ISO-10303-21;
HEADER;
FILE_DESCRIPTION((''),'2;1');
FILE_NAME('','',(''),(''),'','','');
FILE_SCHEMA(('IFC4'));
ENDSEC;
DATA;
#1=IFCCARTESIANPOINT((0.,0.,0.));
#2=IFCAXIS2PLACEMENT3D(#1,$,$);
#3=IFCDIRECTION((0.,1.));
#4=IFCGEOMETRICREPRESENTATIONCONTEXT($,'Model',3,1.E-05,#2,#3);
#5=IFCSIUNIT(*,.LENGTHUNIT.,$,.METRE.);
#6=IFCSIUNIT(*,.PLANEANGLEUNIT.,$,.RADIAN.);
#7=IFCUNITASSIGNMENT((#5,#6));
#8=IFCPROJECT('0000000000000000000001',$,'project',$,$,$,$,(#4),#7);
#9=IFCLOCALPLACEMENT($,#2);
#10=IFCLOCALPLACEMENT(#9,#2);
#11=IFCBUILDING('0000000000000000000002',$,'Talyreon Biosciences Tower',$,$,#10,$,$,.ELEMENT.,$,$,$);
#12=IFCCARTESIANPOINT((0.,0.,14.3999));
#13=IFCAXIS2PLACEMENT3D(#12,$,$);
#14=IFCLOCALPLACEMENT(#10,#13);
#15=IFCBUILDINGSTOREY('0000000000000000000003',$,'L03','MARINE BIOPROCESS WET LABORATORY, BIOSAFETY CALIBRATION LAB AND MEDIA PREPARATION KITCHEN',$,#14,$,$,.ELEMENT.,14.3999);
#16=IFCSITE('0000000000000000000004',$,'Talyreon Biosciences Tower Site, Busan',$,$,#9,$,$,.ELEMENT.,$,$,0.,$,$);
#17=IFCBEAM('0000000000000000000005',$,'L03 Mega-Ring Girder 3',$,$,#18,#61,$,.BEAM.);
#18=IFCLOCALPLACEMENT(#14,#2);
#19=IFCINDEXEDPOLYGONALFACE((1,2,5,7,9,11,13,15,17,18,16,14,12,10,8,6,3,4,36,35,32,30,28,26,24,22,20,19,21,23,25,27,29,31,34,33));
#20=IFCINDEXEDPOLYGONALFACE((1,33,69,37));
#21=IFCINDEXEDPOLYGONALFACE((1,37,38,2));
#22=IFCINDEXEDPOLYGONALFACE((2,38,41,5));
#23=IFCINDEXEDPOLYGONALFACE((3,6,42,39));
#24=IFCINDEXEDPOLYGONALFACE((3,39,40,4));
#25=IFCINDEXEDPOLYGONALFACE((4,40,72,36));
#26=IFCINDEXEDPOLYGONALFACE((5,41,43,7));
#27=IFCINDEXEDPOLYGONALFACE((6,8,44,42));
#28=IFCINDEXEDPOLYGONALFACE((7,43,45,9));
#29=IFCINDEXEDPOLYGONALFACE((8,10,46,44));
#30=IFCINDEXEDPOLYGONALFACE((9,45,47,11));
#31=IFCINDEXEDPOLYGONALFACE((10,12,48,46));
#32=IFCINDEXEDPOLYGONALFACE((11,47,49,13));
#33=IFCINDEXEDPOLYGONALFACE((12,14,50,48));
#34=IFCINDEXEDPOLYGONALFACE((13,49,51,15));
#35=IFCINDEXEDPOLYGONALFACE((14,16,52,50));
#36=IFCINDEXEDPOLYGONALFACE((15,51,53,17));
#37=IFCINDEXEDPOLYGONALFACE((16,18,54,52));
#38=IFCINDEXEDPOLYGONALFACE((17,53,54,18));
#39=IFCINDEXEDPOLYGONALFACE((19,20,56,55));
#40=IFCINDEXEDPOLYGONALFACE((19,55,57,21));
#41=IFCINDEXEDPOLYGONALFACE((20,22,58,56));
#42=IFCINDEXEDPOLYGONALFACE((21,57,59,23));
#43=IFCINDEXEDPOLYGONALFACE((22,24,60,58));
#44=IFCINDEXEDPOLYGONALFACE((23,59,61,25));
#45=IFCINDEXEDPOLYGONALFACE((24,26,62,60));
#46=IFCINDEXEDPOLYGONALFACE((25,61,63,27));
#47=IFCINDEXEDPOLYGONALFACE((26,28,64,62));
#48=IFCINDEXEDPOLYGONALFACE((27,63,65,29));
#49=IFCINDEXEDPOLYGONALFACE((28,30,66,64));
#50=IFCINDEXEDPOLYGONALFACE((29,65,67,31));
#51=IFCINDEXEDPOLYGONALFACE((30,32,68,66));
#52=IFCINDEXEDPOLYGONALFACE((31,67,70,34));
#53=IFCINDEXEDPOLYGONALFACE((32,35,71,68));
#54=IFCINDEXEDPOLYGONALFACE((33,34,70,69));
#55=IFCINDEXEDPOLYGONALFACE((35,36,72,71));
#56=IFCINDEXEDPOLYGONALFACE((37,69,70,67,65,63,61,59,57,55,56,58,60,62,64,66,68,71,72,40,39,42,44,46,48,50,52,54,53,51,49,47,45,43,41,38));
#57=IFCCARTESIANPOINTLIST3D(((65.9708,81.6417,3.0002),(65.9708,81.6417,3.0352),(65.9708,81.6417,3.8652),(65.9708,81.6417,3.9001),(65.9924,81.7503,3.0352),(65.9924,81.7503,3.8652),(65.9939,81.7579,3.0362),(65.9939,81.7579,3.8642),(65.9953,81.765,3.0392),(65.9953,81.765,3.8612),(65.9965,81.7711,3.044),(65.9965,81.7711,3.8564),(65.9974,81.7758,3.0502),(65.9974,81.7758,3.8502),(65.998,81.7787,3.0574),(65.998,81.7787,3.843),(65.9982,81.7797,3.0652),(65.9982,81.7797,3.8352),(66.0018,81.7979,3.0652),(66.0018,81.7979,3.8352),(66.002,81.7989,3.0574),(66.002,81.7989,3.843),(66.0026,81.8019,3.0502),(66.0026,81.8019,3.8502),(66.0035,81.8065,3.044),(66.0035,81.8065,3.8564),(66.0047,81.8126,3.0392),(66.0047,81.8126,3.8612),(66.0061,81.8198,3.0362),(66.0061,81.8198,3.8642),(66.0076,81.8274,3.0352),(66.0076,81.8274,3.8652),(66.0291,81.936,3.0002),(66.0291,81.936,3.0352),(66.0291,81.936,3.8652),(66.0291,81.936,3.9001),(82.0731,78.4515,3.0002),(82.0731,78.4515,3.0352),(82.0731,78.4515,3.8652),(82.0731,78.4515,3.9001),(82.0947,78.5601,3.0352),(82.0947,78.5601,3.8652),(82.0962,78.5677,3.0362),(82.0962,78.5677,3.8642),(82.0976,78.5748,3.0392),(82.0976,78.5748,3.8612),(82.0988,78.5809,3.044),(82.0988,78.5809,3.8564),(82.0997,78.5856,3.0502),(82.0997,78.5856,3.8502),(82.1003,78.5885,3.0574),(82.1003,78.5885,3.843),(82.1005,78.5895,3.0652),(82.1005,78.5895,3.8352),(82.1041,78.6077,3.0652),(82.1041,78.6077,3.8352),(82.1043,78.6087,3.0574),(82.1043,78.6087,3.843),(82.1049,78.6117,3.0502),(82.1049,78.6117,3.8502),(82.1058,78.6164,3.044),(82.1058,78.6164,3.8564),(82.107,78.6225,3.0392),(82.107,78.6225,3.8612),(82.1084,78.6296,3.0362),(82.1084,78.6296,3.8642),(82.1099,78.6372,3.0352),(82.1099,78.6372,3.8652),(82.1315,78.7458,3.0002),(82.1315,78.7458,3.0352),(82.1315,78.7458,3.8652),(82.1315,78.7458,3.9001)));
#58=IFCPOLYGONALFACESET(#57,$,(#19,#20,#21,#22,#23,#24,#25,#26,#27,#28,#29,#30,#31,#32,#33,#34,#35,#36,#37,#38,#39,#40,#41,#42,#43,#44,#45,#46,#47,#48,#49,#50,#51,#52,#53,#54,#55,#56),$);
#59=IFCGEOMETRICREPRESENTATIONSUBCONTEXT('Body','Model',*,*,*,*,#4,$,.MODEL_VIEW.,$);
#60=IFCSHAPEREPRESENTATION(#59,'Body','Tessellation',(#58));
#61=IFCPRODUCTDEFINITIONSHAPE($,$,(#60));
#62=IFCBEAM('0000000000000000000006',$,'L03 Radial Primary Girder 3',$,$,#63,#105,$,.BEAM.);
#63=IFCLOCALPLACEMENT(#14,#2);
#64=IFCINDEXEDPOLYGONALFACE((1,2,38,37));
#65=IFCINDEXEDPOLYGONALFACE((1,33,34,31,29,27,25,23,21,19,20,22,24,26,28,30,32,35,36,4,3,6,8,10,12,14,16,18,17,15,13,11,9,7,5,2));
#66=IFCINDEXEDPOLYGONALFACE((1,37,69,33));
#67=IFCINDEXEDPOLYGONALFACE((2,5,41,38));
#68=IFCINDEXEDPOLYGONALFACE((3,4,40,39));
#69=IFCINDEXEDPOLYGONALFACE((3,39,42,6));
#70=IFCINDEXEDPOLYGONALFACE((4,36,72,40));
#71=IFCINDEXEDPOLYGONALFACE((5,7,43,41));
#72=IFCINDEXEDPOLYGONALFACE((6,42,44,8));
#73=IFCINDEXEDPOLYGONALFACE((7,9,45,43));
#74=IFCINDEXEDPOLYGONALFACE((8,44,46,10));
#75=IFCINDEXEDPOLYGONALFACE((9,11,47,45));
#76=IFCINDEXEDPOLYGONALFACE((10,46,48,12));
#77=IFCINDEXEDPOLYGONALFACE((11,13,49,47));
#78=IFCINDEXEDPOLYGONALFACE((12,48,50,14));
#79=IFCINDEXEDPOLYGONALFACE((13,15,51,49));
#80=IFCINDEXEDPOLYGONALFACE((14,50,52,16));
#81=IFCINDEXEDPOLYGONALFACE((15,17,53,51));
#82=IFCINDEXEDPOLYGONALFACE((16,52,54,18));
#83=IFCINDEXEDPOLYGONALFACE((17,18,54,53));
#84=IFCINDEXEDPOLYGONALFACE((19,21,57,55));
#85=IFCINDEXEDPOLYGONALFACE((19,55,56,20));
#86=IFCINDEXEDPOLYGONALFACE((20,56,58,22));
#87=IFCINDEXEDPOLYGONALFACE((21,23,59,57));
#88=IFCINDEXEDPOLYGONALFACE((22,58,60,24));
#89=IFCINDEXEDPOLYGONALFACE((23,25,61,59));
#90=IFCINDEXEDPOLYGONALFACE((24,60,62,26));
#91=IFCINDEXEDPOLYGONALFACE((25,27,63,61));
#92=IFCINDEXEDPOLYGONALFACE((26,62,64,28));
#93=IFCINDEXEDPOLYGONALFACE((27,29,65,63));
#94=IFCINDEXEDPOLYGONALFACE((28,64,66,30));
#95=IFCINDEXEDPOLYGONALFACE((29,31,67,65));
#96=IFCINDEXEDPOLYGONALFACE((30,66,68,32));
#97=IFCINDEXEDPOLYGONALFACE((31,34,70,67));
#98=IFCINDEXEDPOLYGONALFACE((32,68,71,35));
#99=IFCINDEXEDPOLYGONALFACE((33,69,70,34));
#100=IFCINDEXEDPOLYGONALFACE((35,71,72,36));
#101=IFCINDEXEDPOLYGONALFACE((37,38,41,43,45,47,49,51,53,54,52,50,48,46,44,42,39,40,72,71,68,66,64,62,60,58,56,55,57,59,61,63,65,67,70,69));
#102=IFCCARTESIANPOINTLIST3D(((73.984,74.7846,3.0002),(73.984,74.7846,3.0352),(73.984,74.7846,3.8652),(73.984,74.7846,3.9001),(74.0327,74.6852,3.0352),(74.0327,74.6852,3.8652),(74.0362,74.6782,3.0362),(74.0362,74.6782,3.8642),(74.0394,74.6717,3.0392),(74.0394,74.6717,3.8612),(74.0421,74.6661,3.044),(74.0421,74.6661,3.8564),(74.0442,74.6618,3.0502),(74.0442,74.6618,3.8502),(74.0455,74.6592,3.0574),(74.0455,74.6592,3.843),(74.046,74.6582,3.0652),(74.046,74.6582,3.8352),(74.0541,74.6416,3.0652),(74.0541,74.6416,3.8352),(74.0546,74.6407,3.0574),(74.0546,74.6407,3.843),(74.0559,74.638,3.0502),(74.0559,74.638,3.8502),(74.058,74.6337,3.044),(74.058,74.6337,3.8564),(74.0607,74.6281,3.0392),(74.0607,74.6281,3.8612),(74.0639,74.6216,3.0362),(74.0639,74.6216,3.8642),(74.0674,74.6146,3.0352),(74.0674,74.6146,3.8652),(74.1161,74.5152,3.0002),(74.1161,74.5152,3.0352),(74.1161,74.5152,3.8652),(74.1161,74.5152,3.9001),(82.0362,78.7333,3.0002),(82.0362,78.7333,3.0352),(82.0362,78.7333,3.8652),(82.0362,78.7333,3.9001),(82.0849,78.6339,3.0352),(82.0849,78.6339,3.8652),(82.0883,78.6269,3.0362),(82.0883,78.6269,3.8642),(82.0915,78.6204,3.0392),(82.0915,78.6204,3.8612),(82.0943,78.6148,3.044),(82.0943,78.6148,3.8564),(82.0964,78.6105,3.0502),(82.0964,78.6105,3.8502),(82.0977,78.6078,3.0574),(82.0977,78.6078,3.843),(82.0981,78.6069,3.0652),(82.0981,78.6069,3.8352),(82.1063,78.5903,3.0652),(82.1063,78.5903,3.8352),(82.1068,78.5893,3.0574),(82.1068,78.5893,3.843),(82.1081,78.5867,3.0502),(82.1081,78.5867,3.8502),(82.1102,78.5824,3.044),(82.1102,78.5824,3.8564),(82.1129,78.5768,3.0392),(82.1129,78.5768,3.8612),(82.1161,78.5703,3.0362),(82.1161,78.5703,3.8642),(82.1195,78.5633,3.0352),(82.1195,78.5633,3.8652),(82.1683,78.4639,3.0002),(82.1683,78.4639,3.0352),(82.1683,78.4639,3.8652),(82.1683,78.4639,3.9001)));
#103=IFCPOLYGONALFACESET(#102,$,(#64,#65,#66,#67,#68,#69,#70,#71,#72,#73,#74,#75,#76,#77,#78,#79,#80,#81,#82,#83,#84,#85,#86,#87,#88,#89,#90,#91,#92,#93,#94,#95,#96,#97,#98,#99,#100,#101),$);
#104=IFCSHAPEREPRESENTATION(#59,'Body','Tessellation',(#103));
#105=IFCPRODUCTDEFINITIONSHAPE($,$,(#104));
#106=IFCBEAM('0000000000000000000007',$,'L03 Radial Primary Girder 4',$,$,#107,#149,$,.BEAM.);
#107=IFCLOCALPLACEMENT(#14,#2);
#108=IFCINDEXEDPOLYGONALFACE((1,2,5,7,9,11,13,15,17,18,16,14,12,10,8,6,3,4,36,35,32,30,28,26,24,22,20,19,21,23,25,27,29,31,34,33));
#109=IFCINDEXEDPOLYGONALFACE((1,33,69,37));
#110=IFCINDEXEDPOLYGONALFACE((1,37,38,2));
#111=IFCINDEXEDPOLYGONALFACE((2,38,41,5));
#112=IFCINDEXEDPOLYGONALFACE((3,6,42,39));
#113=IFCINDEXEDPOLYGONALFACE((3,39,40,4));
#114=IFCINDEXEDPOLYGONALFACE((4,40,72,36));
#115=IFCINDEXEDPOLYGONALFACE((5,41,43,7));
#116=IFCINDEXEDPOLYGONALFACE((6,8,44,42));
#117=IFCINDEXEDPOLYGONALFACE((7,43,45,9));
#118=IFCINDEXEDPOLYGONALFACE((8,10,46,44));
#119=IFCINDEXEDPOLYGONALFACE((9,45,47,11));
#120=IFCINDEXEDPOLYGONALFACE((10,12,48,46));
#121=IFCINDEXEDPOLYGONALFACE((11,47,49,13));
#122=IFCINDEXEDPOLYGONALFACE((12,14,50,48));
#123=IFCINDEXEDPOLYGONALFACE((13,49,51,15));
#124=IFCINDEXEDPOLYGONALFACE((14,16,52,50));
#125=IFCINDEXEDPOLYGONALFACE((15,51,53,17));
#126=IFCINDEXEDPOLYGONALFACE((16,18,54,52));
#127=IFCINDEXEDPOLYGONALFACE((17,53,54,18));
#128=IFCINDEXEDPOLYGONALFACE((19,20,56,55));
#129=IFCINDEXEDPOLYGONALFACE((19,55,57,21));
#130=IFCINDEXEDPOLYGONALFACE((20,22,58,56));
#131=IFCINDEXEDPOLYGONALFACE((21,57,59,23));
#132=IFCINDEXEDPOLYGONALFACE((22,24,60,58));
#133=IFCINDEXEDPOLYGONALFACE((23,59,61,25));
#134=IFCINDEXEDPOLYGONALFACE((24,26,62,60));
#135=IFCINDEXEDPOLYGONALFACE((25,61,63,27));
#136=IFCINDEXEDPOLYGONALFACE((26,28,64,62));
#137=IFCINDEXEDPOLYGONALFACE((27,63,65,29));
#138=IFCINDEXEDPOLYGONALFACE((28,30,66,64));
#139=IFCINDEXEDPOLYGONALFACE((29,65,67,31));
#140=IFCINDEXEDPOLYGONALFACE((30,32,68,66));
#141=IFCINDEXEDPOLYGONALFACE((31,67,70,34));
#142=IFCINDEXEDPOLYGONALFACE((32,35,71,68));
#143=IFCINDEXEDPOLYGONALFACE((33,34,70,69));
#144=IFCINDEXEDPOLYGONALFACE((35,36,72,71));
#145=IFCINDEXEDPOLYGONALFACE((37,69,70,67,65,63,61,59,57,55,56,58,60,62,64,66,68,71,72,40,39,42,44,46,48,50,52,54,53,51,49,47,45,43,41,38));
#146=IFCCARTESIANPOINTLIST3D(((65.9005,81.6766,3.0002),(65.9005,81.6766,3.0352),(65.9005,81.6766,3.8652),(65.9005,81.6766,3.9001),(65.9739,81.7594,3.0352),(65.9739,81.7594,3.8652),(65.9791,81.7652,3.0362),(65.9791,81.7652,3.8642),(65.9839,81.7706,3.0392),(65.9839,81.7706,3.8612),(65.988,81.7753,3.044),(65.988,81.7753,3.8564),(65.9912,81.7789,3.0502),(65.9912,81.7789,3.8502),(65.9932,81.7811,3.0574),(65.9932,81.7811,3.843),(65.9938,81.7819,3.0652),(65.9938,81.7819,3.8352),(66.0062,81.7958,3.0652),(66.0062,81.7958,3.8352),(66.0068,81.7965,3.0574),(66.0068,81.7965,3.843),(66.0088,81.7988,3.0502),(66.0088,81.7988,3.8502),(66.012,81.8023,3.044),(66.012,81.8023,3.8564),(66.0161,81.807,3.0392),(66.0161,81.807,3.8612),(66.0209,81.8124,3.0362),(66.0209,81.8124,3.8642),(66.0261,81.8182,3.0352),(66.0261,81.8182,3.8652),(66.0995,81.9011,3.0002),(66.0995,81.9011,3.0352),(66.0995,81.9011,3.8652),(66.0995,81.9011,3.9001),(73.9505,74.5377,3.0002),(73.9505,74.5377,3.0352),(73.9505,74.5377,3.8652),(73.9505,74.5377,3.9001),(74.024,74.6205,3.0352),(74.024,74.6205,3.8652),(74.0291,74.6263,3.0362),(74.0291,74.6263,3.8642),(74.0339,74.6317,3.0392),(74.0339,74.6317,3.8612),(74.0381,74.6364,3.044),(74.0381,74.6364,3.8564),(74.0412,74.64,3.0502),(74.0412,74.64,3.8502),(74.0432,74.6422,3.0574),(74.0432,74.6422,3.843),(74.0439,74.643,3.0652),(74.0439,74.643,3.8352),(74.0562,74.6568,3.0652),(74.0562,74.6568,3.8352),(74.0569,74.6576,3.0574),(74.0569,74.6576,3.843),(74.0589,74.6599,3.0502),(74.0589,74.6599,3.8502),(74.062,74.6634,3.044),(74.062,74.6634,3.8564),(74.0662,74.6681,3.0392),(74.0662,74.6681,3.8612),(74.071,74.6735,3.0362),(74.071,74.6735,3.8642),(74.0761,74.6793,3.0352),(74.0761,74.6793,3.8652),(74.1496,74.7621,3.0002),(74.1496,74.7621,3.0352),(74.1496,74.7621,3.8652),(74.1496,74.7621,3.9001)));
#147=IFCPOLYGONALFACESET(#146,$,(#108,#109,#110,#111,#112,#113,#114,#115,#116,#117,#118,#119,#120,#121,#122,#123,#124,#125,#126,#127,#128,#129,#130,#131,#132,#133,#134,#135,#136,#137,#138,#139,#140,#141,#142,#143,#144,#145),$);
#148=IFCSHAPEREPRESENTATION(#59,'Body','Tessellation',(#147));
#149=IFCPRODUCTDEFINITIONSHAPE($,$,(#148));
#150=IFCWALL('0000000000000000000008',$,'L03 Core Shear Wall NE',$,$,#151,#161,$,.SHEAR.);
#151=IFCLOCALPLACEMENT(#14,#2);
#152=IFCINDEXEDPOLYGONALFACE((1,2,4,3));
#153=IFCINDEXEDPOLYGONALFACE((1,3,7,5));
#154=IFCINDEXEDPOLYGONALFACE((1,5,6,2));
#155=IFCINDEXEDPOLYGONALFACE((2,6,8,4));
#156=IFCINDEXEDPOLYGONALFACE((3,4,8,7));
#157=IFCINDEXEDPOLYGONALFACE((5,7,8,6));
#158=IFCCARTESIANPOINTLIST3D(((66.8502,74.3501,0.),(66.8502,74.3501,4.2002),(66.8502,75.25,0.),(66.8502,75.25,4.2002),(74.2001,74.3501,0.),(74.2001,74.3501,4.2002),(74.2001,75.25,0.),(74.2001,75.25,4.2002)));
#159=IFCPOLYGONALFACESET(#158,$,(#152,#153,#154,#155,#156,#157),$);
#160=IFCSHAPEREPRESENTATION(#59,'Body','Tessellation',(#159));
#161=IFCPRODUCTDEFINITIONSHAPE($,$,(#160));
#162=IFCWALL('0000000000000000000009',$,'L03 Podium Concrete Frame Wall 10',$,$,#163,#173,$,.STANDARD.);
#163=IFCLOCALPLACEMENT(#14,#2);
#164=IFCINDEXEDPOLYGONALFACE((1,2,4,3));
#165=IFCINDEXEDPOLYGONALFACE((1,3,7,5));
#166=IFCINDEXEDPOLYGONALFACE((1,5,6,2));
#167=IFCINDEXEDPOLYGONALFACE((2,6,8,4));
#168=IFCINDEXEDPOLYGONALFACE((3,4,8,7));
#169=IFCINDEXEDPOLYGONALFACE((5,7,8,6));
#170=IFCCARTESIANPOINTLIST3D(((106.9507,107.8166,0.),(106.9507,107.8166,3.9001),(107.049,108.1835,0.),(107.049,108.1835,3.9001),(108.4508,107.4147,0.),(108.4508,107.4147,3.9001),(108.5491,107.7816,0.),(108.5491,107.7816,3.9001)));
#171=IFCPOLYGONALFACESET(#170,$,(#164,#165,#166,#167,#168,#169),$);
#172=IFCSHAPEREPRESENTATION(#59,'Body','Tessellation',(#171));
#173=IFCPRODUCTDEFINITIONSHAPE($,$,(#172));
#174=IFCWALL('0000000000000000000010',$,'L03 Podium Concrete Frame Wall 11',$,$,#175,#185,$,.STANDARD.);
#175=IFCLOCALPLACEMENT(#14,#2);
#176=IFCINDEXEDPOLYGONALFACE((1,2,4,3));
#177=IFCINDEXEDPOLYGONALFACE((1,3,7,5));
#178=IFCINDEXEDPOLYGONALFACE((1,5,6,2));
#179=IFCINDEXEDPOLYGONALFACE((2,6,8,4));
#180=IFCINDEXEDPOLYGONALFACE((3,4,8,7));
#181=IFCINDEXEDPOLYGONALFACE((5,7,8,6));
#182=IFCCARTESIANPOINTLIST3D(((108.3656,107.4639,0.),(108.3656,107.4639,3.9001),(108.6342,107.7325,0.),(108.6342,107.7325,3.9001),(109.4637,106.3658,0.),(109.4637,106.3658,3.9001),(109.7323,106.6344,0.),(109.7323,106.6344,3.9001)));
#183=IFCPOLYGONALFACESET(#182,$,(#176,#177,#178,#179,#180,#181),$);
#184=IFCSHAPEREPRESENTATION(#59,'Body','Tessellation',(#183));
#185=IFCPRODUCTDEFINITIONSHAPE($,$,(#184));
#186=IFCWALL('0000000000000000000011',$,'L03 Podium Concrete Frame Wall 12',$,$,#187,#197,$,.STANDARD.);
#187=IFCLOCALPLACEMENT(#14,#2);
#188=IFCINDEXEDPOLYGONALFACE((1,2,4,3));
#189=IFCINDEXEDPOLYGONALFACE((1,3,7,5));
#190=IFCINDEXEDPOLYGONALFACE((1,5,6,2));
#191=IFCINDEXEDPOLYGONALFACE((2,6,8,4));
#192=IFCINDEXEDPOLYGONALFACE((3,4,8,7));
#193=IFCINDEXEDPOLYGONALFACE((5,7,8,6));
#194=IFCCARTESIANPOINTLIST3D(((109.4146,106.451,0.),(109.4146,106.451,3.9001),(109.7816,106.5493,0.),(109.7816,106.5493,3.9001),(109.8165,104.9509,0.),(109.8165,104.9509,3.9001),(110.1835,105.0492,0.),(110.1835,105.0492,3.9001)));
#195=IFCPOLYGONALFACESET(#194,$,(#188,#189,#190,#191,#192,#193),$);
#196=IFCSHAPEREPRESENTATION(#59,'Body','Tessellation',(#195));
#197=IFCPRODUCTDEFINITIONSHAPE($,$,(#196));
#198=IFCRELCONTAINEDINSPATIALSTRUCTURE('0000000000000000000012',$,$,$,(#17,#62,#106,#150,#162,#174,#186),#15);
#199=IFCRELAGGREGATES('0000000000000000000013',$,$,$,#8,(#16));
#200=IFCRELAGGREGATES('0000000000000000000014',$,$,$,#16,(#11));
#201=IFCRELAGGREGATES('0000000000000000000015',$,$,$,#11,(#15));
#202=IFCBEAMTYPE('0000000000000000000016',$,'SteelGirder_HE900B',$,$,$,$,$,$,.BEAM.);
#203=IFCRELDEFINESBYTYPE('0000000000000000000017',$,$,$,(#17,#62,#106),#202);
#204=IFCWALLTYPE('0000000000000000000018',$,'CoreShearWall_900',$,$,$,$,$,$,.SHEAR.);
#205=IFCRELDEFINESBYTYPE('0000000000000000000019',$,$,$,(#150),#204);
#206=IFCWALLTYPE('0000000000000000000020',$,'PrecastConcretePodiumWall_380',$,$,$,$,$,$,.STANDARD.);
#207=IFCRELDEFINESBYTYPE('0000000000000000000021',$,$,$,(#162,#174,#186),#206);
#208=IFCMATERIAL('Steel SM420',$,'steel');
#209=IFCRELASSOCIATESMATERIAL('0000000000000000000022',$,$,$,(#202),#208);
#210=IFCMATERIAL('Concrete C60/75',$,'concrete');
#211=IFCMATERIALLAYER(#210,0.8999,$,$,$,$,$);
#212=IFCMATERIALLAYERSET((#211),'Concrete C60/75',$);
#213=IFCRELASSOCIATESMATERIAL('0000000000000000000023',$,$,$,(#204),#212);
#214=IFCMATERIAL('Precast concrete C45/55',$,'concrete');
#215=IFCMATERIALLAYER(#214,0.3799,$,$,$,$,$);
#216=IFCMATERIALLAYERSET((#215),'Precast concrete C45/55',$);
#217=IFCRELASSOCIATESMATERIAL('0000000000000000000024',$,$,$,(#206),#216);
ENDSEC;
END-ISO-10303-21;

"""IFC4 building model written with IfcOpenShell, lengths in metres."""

from ifc_helpers import new_model, si_unit, direction, frame, frame_2d, origin, origin_2d, place, context, subcontext, project, spatial, rectangle, i_section, extrude, material, layer, layer_set, material_profile, profile_set, type_object, element, save


model = new_model("IFC4")

# Units and contexts
model_context = context("Model", 3, precision=1e-05, world=origin(), true_north=direction((0.0, 1.0)))
body_context = subcontext(model_context, "Body", "Model", "MODEL_VIEW")
ifc_project = project(units=[si_unit("LENGTHUNIT", "METRE"), si_unit("PLANEANGLEUNIT", "RADIAN")], contexts=[model_context])

# Site, building, storey
site_placement = place(None, origin())
site = spatial("IfcSite", under=ifc_project, at=site_placement, Name="Talyreon Biosciences Tower Site, Busan", CompositionType="ELEMENT", RefElevation=0.0)
building_placement = place(site_placement, origin())
building = spatial("IfcBuilding", under=site, at=building_placement, Name="Talyreon Biosciences Tower", CompositionType="ELEMENT")
storey_placement = place(building_placement, frame((0.0, 0.0, 14.3999)))
storey = spatial("IfcBuildingStorey", under=building, at=storey_placement, Name="L03", Description="MARINE BIOPROCESS WET LABORATORY, BIOSAFETY CALIBRATION LAB AND MEDIA PREPARATION KITCHEN", CompositionType="ELEMENT", Elevation=14.3999)

# Shared definitions
ifc_material_1 = material(Name="Concrete C60/75", Category="concrete")

# Beams
ifc_material_2 = material(Name="Steel SM420", Category="steel")
ifc_material_profile_1 = material_profile(ifc_material_2, i_section(OverallWidth=0.3, OverallDepth=0.8999, WebThickness=0.0186, FlangeThickness=0.0349, FilletRadius=0.03, at=origin_2d()), Name="HE900B")
ifc_profile_set_1 = profile_set([ifc_material_profile_1], Name="Steel SM420")
beam_type_1 = type_object("IfcBeamType", Name="SteelGirder_HE900B", PredefinedType="BEAM", material=ifc_profile_set_1)
beam_1_placement = place(storey_placement, frame((82.1023, 78.5986, 3.4502), z_axis=(-0.980934, 0.194343, 0.0), x_axis=(-0.194343, -0.980934, 0.0)))
element("IfcBeam", 1, at=beam_1_placement, inside=storey, type_object=beam_type_1, Name="L03 Mega-Ring Girder 3", PredefinedType="BEAM", context=body_context, shape_type="SweptSolid", body=[
    extrude(i_section(OverallWidth=0.3, OverallDepth=0.8999, WebThickness=0.0186, FlangeThickness=0.0349, FilletRadius=0.03, at=origin_2d()), origin(), (0.0, 0.0, 1.0), 16.4153),
])
beam_2_placement = place(storey_placement, frame((74.05, 74.6499, 3.4502), z_axis=(0.897852, 0.440297, 0.0), x_axis=(-0.440297, 0.897852, 0.0)))
element("IfcBeam", 2, at=beam_2_placement, inside=storey, type_object=beam_type_1, Name="L03 Radial Primary Girder 3", PredefinedType="BEAM", context=body_context, shape_type="SweptSolid", body=[
    extrude(i_section(OverallWidth=0.3, OverallDepth=0.8999, WebThickness=0.0186, FlangeThickness=0.0349, FilletRadius=0.03, at=origin_2d()), origin(), (0.0, 0.0, 1.0), 8.9683),
])
beam_3_placement = place(storey_placement, frame((74.05, 74.6499, 3.4502), z_axis=(-0.748179, 0.663497, 0.0), x_axis=(-0.663497, -0.748179, 0.0)))
element("IfcBeam", 3, at=beam_3_placement, inside=storey, type_object=beam_type_1, Name="L03 Radial Primary Girder 4", PredefinedType="BEAM", context=body_context, shape_type="SweptSolid", body=[
    extrude(i_section(OverallWidth=0.3, OverallDepth=0.8999, WebThickness=0.0186, FlangeThickness=0.0349, FilletRadius=0.03, at=origin_2d()), origin(), (0.0, 0.0, 1.0), 10.7595),
])

# Walls
ifc_layer_1 = layer(ifc_material_1, 0.8999)
ifc_layer_set_1 = layer_set([ifc_layer_1], Name="Concrete C60/75")
wall_type_1 = type_object("IfcWallType", Name="CoreShearWall_900", PredefinedType="SHEAR", material=ifc_layer_set_1)
wall_1_placement = place(storey_placement, frame((74.2, 74.8, 0.0), z_axis=(0.0, 0.0, 1.0), x_axis=(-1.0, 0.0, 0.0)))
element("IfcWall", 4, at=wall_1_placement, inside=storey, type_object=wall_type_1, Name="L03 Core Shear Wall NE", PredefinedType="SHEAR", context=body_context, shape_type="SweptSolid", body=[
    extrude(rectangle(XDim=7.3499, YDim=0.8999, at=frame_2d((3.6748, 0.0))), origin(), (0.0, 0.0, 1.0), 4.2002),
])
ifc_material_3 = material(Name="Precast concrete C45/55", Category="concrete")
ifc_layer_2 = layer(ifc_material_3, 0.3799)
ifc_layer_set_2 = layer_set([ifc_layer_2], Name="Precast concrete C45/55")
wall_type_2 = type_object("IfcWallType", Name="PrecastConcretePodiumWall_380", PredefinedType="STANDARD", material=ifc_layer_set_2)
for number, where, z_axis, x_axis, name in (
    (5, (107.0, 108.0, 0.0), (0.0, 0.0, 1.0), (0.965937, -0.258778, 0.0), "L03 Podium Concrete Frame Wall 10"),
    (6, (108.5, 107.5981, 0.0), (0.0, 0.0, 1.0), (0.707107, -0.707107, 0.0), "L03 Podium Concrete Frame Wall 11"),
    (7, (109.5981, 106.5, 0.0), (0.0, 0.0, 1.0), (0.258778, -0.965937, 0.0), "L03 Podium Concrete Frame Wall 12"),
):
    element("IfcWall", number, at=place(storey_placement, frame(where, z_axis=z_axis, x_axis=x_axis)), inside=storey, type_object=wall_type_2, Name=name, PredefinedType="STANDARD", context=body_context, shape_type="SweptSolid", body=[
        extrude(rectangle(XDim=1.553, YDim=0.3799, at=frame_2d((0.7764, 0.0))), origin(), (0.0, 0.0, 1.0), 3.9001),
    ])

save(model, "model.ifc")
